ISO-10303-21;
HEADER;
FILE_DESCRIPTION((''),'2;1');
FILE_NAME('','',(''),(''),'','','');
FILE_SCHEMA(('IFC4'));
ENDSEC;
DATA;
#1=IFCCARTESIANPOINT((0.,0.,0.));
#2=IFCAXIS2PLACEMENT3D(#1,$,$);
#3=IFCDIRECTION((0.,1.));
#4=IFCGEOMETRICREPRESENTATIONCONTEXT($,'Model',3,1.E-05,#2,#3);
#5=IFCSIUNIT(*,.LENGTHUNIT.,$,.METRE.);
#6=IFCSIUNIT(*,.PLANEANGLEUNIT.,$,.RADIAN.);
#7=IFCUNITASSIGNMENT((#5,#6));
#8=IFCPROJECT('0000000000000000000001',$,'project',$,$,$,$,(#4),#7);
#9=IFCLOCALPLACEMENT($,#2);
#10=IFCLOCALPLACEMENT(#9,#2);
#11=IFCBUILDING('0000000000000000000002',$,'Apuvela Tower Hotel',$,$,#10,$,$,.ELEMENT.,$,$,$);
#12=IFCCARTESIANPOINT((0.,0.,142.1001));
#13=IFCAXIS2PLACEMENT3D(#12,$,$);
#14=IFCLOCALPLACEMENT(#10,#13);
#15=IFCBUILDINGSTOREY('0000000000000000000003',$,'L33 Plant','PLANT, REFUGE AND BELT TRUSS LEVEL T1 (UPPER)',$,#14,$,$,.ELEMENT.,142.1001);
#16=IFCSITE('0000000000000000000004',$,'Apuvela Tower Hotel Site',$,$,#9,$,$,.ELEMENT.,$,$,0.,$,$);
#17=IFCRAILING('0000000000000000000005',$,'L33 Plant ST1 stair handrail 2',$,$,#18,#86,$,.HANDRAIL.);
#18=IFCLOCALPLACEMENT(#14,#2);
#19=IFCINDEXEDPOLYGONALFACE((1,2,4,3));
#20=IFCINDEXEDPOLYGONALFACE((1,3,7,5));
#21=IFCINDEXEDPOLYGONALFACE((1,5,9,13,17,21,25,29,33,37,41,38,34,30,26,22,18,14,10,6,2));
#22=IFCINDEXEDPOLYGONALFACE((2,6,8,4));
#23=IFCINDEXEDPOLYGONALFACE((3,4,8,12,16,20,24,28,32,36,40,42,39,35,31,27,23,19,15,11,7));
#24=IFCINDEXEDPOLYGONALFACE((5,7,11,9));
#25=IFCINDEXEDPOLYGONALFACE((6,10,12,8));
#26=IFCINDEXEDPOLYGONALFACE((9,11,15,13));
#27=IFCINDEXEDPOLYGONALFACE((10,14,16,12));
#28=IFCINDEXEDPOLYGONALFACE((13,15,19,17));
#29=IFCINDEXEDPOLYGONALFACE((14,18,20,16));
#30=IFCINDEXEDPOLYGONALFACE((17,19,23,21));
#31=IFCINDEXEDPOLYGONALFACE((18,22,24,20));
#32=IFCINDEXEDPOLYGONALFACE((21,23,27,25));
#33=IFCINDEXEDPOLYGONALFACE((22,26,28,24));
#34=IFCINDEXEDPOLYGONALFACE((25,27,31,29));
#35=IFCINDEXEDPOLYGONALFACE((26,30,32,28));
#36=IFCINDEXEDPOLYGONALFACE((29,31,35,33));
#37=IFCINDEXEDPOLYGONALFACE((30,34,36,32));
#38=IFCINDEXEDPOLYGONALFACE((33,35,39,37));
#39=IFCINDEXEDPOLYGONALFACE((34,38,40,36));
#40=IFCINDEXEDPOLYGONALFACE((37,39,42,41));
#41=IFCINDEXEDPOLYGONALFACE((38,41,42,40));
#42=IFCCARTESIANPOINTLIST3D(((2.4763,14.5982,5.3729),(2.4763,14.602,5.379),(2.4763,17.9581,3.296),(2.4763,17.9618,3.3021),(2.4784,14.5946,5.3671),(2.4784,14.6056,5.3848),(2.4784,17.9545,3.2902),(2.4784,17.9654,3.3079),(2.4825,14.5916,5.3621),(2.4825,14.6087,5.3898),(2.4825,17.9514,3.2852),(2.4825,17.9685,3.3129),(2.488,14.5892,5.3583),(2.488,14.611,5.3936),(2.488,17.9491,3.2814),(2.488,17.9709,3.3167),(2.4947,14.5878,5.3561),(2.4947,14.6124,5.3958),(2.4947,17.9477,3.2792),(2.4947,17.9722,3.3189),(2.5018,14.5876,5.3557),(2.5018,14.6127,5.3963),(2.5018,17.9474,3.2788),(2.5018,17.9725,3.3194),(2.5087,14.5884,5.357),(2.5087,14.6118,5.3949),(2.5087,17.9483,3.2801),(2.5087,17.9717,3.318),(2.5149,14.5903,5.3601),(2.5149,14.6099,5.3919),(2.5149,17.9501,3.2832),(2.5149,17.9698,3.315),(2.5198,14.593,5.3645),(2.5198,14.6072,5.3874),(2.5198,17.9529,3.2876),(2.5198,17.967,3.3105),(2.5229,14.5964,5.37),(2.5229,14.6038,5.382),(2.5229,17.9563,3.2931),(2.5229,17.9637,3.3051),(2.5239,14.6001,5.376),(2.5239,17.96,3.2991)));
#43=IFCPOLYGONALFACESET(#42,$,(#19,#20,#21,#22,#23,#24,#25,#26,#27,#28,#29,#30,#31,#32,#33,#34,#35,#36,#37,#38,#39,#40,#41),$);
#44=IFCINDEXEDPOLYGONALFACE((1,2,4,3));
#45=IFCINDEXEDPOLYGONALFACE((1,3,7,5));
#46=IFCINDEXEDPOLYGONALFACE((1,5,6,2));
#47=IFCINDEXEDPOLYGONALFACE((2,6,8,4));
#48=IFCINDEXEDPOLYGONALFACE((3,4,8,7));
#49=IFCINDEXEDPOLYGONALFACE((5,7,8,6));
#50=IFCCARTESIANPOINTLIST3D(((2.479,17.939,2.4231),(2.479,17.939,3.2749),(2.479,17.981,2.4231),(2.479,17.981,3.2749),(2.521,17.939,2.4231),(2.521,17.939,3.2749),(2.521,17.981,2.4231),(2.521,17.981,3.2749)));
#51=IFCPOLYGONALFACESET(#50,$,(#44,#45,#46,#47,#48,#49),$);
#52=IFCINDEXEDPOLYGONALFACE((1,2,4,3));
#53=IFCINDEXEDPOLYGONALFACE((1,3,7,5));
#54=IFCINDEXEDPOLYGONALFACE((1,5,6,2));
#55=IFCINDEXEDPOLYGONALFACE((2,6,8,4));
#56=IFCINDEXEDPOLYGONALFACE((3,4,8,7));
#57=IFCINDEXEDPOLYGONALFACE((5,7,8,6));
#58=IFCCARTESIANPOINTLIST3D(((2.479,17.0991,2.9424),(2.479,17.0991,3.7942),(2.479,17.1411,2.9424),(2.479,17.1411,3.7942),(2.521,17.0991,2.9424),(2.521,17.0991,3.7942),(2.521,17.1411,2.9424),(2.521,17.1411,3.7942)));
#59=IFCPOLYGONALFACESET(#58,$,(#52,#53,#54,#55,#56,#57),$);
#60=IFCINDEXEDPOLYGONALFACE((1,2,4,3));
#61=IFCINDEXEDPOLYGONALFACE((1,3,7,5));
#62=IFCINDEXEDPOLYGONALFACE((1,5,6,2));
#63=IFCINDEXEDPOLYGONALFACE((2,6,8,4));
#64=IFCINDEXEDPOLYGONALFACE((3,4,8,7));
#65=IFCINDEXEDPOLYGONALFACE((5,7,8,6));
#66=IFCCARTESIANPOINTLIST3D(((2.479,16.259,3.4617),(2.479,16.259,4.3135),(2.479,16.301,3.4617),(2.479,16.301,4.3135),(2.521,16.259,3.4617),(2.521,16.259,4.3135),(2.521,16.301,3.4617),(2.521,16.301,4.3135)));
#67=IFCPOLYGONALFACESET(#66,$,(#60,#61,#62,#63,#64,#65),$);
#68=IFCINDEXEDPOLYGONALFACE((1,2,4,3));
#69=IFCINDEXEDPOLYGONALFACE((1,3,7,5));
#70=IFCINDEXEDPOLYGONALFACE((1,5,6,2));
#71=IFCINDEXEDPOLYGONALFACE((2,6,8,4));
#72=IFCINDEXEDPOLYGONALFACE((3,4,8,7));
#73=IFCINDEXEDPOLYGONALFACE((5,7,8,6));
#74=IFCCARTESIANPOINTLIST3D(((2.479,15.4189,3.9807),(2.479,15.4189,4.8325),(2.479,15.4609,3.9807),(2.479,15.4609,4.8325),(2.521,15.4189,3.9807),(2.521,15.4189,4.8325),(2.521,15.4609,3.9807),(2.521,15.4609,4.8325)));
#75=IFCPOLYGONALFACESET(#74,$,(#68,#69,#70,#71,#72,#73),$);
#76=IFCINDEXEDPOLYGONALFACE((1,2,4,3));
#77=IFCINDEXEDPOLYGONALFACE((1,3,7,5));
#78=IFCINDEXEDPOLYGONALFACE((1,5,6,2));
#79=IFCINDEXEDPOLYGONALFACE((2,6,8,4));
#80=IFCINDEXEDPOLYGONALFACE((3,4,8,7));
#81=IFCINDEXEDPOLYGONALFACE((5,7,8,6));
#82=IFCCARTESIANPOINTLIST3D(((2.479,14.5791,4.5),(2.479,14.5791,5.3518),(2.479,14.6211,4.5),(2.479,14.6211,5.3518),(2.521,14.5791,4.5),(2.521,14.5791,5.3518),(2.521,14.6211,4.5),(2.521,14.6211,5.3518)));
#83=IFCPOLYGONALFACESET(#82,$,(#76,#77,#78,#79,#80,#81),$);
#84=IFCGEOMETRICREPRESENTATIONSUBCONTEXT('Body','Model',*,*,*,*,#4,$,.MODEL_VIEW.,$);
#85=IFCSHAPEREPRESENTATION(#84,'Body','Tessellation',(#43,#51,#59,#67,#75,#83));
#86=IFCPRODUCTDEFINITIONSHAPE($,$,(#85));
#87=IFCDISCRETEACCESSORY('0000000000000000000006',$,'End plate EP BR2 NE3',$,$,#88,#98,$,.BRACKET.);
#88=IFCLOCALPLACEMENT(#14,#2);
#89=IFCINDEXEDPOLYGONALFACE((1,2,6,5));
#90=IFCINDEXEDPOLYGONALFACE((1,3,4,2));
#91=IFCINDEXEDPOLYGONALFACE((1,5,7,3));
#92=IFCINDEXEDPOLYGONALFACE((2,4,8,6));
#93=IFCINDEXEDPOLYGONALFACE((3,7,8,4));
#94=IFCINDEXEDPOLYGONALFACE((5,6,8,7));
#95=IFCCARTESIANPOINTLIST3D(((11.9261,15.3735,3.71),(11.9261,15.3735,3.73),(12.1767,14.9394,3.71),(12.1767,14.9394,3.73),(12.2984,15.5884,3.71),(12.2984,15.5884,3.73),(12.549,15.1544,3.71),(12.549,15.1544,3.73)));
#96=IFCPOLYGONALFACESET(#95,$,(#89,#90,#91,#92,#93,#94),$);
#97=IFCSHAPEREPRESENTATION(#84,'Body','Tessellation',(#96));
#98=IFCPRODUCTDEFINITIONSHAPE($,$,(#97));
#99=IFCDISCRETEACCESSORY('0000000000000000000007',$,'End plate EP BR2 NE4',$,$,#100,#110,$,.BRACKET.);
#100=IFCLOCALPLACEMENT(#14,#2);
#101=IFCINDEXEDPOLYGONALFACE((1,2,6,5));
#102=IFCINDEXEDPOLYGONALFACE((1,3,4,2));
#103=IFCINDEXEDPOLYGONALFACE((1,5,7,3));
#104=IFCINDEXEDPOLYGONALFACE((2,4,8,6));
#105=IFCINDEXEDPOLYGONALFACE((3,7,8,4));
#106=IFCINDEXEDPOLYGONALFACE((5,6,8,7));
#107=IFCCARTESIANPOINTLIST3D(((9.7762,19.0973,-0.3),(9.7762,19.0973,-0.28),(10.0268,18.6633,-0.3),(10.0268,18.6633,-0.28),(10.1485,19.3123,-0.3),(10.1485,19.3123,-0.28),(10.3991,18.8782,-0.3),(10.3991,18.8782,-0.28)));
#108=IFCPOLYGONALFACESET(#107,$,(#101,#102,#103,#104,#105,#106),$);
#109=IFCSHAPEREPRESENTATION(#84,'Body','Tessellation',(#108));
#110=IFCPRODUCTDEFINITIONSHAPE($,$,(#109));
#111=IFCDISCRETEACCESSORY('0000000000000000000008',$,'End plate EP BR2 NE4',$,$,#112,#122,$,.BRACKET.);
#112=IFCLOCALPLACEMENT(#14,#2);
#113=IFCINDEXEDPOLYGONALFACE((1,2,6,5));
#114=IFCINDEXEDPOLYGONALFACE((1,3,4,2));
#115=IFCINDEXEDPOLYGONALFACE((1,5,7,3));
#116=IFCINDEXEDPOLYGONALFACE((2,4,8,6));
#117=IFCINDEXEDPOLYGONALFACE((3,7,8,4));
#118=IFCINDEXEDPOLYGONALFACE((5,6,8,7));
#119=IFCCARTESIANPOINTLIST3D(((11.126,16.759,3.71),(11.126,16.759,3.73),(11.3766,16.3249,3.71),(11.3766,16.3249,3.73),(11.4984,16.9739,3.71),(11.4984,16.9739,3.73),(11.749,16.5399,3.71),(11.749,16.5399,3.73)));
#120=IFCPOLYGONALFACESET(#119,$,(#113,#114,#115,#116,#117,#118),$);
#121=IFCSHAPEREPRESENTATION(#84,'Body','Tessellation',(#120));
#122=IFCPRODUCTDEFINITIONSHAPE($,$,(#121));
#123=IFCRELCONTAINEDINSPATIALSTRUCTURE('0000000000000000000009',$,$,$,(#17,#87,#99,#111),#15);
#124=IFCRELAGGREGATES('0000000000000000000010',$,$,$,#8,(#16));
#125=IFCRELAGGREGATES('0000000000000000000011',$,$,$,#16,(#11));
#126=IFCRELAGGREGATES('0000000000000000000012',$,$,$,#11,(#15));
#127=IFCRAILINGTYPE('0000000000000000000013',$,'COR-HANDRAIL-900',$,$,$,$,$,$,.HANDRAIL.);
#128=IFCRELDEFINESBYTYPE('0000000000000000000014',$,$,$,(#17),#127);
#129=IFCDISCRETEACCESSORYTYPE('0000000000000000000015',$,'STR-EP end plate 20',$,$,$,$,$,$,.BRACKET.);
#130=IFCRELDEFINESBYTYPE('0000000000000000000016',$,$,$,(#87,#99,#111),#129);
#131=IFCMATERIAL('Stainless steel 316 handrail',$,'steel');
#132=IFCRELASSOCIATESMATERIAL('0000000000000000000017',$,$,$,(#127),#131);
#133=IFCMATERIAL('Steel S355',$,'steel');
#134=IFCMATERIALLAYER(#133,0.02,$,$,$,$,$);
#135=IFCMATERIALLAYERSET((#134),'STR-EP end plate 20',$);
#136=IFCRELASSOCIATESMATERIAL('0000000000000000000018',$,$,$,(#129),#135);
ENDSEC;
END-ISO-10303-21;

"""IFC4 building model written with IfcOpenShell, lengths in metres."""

from ifc_helpers import new_model, si_unit, direction, frame, origin, origin_2d, place, context, subcontext, project, spatial, rectangle, circle, extrude, material, layer, layer_set, type_object, element, save


model = new_model("IFC4")

# Units and contexts
model_context = context("Model", 3, precision=1e-05, world=origin(), true_north=direction((0.0, 1.0)))
body_context = subcontext(model_context, "Body", "Model", "MODEL_VIEW")
ifc_project = project(units=[si_unit("LENGTHUNIT", "METRE"), si_unit("PLANEANGLEUNIT", "RADIAN")], contexts=[model_context])

# Site, building, storey
site_placement = place(None, origin())
site = spatial("IfcSite", under=ifc_project, at=site_placement, Name="Apuvela Tower Hotel Site", CompositionType="ELEMENT", RefElevation=0.0)
building_placement = place(site_placement, origin())
building = spatial("IfcBuilding", under=site, at=building_placement, Name="Apuvela Tower Hotel", CompositionType="ELEMENT")
storey_placement = place(building_placement, frame((0.0, 0.0, 142.1001)))
storey = spatial("IfcBuildingStorey", under=building, at=storey_placement, Name="L33 Plant", Description="PLANT, REFUGE AND BELT TRUSS LEVEL T1 (UPPER)", CompositionType="ELEMENT", Elevation=142.1001)

# Shared definitions
ifc_material_1 = material(Name="Steel S355", Category="steel")

# Railing
ifc_material_2 = material(Name="Stainless steel 316 handrail", Category="steel")
railing_type_1 = type_object("IfcRailingType", Name="COR-HANDRAIL-900", PredefinedType="HANDRAIL", material=ifc_material_2)
railing_1_placement = place(storey_placement, frame((2.5, 17.96, 2.4231)))
element("IfcRailing", 1, at=railing_1_placement, inside=storey, type_object=railing_type_1, Name="L33 Plant ST1 stair handrail 2", PredefinedType="HANDRAIL", context=body_context, shape_type="SweptSolid", body=[
    extrude(circle(Radius=0.0239, at=origin_2d()), frame((0.0, 0.0, 0.876), z_axis=(0.0, -0.850606, 0.525803), x_axis=(1.0, 0.0, 0.0)), (0.0, 0.0, 1.0), 3.95),
    extrude(rectangle(XDim=0.042, YDim=0.042, at=origin_2d()), origin(), (0.0, 0.0, 1.0), 0.8518),
    extrude(rectangle(XDim=0.042, YDim=0.042, at=origin_2d()), frame((0.0, -0.8398, 0.5193)), (0.0, 0.0, 1.0), 0.8518),
    extrude(rectangle(XDim=0.042, YDim=0.042, at=origin_2d()), frame((0.0, -1.6799, 1.0386)), (0.0, 0.0, 1.0), 0.8518),
    extrude(rectangle(XDim=0.042, YDim=0.042, at=origin_2d()), frame((0.0, -2.52, 1.5576)), (0.0, 0.0, 1.0), 0.8518),
    extrude(rectangle(XDim=0.042, YDim=0.042, at=origin_2d()), frame((0.0, -3.3599, 2.0769)), (0.0, 0.0, 1.0), 0.8518),
])

# Discrete accessories
ifc_layer_1 = layer(ifc_material_1, 0.02)
ifc_layer_set_1 = layer_set([ifc_layer_1], Name="STR-EP end plate 20")
discrete_accessory_type = type_object("IfcDiscreteAccessoryType", Name="STR-EP end plate 20", PredefinedType="BRACKET", material=ifc_layer_set_1)
for number, where, z_axis, x_axis, name in (
    (2, (12.2375, 15.2639, 3.71), (0.0, 0.0, 1.0), (-0.5, 0.866025, 0.0), "End plate EP BR2 NE3"),
    (3, (10.0876, 18.9878, -0.3), (0.0, 0.0, 1.0), (0.5, -0.866025, 0.0), "End plate EP BR2 NE4"),
    (4, (11.4375, 16.6494, 3.71), (0.0, 0.0, 1.0), (0.5, -0.866025, 0.0), "End plate EP BR2 NE4"),
):
    element("IfcDiscreteAccessory", number, at=place(storey_placement, frame(where, z_axis=z_axis, x_axis=x_axis)), inside=storey, type_object=discrete_accessory_type, Name=name, PredefinedType="BRACKET", context=body_context, shape_type="SweptSolid", body=[
        extrude(rectangle(XDim=0.5012, YDim=0.4299, at=origin_2d()), origin(), (0.0, 0.0, 1.0), 0.02),
    ])

save(model, "model.ifc")
